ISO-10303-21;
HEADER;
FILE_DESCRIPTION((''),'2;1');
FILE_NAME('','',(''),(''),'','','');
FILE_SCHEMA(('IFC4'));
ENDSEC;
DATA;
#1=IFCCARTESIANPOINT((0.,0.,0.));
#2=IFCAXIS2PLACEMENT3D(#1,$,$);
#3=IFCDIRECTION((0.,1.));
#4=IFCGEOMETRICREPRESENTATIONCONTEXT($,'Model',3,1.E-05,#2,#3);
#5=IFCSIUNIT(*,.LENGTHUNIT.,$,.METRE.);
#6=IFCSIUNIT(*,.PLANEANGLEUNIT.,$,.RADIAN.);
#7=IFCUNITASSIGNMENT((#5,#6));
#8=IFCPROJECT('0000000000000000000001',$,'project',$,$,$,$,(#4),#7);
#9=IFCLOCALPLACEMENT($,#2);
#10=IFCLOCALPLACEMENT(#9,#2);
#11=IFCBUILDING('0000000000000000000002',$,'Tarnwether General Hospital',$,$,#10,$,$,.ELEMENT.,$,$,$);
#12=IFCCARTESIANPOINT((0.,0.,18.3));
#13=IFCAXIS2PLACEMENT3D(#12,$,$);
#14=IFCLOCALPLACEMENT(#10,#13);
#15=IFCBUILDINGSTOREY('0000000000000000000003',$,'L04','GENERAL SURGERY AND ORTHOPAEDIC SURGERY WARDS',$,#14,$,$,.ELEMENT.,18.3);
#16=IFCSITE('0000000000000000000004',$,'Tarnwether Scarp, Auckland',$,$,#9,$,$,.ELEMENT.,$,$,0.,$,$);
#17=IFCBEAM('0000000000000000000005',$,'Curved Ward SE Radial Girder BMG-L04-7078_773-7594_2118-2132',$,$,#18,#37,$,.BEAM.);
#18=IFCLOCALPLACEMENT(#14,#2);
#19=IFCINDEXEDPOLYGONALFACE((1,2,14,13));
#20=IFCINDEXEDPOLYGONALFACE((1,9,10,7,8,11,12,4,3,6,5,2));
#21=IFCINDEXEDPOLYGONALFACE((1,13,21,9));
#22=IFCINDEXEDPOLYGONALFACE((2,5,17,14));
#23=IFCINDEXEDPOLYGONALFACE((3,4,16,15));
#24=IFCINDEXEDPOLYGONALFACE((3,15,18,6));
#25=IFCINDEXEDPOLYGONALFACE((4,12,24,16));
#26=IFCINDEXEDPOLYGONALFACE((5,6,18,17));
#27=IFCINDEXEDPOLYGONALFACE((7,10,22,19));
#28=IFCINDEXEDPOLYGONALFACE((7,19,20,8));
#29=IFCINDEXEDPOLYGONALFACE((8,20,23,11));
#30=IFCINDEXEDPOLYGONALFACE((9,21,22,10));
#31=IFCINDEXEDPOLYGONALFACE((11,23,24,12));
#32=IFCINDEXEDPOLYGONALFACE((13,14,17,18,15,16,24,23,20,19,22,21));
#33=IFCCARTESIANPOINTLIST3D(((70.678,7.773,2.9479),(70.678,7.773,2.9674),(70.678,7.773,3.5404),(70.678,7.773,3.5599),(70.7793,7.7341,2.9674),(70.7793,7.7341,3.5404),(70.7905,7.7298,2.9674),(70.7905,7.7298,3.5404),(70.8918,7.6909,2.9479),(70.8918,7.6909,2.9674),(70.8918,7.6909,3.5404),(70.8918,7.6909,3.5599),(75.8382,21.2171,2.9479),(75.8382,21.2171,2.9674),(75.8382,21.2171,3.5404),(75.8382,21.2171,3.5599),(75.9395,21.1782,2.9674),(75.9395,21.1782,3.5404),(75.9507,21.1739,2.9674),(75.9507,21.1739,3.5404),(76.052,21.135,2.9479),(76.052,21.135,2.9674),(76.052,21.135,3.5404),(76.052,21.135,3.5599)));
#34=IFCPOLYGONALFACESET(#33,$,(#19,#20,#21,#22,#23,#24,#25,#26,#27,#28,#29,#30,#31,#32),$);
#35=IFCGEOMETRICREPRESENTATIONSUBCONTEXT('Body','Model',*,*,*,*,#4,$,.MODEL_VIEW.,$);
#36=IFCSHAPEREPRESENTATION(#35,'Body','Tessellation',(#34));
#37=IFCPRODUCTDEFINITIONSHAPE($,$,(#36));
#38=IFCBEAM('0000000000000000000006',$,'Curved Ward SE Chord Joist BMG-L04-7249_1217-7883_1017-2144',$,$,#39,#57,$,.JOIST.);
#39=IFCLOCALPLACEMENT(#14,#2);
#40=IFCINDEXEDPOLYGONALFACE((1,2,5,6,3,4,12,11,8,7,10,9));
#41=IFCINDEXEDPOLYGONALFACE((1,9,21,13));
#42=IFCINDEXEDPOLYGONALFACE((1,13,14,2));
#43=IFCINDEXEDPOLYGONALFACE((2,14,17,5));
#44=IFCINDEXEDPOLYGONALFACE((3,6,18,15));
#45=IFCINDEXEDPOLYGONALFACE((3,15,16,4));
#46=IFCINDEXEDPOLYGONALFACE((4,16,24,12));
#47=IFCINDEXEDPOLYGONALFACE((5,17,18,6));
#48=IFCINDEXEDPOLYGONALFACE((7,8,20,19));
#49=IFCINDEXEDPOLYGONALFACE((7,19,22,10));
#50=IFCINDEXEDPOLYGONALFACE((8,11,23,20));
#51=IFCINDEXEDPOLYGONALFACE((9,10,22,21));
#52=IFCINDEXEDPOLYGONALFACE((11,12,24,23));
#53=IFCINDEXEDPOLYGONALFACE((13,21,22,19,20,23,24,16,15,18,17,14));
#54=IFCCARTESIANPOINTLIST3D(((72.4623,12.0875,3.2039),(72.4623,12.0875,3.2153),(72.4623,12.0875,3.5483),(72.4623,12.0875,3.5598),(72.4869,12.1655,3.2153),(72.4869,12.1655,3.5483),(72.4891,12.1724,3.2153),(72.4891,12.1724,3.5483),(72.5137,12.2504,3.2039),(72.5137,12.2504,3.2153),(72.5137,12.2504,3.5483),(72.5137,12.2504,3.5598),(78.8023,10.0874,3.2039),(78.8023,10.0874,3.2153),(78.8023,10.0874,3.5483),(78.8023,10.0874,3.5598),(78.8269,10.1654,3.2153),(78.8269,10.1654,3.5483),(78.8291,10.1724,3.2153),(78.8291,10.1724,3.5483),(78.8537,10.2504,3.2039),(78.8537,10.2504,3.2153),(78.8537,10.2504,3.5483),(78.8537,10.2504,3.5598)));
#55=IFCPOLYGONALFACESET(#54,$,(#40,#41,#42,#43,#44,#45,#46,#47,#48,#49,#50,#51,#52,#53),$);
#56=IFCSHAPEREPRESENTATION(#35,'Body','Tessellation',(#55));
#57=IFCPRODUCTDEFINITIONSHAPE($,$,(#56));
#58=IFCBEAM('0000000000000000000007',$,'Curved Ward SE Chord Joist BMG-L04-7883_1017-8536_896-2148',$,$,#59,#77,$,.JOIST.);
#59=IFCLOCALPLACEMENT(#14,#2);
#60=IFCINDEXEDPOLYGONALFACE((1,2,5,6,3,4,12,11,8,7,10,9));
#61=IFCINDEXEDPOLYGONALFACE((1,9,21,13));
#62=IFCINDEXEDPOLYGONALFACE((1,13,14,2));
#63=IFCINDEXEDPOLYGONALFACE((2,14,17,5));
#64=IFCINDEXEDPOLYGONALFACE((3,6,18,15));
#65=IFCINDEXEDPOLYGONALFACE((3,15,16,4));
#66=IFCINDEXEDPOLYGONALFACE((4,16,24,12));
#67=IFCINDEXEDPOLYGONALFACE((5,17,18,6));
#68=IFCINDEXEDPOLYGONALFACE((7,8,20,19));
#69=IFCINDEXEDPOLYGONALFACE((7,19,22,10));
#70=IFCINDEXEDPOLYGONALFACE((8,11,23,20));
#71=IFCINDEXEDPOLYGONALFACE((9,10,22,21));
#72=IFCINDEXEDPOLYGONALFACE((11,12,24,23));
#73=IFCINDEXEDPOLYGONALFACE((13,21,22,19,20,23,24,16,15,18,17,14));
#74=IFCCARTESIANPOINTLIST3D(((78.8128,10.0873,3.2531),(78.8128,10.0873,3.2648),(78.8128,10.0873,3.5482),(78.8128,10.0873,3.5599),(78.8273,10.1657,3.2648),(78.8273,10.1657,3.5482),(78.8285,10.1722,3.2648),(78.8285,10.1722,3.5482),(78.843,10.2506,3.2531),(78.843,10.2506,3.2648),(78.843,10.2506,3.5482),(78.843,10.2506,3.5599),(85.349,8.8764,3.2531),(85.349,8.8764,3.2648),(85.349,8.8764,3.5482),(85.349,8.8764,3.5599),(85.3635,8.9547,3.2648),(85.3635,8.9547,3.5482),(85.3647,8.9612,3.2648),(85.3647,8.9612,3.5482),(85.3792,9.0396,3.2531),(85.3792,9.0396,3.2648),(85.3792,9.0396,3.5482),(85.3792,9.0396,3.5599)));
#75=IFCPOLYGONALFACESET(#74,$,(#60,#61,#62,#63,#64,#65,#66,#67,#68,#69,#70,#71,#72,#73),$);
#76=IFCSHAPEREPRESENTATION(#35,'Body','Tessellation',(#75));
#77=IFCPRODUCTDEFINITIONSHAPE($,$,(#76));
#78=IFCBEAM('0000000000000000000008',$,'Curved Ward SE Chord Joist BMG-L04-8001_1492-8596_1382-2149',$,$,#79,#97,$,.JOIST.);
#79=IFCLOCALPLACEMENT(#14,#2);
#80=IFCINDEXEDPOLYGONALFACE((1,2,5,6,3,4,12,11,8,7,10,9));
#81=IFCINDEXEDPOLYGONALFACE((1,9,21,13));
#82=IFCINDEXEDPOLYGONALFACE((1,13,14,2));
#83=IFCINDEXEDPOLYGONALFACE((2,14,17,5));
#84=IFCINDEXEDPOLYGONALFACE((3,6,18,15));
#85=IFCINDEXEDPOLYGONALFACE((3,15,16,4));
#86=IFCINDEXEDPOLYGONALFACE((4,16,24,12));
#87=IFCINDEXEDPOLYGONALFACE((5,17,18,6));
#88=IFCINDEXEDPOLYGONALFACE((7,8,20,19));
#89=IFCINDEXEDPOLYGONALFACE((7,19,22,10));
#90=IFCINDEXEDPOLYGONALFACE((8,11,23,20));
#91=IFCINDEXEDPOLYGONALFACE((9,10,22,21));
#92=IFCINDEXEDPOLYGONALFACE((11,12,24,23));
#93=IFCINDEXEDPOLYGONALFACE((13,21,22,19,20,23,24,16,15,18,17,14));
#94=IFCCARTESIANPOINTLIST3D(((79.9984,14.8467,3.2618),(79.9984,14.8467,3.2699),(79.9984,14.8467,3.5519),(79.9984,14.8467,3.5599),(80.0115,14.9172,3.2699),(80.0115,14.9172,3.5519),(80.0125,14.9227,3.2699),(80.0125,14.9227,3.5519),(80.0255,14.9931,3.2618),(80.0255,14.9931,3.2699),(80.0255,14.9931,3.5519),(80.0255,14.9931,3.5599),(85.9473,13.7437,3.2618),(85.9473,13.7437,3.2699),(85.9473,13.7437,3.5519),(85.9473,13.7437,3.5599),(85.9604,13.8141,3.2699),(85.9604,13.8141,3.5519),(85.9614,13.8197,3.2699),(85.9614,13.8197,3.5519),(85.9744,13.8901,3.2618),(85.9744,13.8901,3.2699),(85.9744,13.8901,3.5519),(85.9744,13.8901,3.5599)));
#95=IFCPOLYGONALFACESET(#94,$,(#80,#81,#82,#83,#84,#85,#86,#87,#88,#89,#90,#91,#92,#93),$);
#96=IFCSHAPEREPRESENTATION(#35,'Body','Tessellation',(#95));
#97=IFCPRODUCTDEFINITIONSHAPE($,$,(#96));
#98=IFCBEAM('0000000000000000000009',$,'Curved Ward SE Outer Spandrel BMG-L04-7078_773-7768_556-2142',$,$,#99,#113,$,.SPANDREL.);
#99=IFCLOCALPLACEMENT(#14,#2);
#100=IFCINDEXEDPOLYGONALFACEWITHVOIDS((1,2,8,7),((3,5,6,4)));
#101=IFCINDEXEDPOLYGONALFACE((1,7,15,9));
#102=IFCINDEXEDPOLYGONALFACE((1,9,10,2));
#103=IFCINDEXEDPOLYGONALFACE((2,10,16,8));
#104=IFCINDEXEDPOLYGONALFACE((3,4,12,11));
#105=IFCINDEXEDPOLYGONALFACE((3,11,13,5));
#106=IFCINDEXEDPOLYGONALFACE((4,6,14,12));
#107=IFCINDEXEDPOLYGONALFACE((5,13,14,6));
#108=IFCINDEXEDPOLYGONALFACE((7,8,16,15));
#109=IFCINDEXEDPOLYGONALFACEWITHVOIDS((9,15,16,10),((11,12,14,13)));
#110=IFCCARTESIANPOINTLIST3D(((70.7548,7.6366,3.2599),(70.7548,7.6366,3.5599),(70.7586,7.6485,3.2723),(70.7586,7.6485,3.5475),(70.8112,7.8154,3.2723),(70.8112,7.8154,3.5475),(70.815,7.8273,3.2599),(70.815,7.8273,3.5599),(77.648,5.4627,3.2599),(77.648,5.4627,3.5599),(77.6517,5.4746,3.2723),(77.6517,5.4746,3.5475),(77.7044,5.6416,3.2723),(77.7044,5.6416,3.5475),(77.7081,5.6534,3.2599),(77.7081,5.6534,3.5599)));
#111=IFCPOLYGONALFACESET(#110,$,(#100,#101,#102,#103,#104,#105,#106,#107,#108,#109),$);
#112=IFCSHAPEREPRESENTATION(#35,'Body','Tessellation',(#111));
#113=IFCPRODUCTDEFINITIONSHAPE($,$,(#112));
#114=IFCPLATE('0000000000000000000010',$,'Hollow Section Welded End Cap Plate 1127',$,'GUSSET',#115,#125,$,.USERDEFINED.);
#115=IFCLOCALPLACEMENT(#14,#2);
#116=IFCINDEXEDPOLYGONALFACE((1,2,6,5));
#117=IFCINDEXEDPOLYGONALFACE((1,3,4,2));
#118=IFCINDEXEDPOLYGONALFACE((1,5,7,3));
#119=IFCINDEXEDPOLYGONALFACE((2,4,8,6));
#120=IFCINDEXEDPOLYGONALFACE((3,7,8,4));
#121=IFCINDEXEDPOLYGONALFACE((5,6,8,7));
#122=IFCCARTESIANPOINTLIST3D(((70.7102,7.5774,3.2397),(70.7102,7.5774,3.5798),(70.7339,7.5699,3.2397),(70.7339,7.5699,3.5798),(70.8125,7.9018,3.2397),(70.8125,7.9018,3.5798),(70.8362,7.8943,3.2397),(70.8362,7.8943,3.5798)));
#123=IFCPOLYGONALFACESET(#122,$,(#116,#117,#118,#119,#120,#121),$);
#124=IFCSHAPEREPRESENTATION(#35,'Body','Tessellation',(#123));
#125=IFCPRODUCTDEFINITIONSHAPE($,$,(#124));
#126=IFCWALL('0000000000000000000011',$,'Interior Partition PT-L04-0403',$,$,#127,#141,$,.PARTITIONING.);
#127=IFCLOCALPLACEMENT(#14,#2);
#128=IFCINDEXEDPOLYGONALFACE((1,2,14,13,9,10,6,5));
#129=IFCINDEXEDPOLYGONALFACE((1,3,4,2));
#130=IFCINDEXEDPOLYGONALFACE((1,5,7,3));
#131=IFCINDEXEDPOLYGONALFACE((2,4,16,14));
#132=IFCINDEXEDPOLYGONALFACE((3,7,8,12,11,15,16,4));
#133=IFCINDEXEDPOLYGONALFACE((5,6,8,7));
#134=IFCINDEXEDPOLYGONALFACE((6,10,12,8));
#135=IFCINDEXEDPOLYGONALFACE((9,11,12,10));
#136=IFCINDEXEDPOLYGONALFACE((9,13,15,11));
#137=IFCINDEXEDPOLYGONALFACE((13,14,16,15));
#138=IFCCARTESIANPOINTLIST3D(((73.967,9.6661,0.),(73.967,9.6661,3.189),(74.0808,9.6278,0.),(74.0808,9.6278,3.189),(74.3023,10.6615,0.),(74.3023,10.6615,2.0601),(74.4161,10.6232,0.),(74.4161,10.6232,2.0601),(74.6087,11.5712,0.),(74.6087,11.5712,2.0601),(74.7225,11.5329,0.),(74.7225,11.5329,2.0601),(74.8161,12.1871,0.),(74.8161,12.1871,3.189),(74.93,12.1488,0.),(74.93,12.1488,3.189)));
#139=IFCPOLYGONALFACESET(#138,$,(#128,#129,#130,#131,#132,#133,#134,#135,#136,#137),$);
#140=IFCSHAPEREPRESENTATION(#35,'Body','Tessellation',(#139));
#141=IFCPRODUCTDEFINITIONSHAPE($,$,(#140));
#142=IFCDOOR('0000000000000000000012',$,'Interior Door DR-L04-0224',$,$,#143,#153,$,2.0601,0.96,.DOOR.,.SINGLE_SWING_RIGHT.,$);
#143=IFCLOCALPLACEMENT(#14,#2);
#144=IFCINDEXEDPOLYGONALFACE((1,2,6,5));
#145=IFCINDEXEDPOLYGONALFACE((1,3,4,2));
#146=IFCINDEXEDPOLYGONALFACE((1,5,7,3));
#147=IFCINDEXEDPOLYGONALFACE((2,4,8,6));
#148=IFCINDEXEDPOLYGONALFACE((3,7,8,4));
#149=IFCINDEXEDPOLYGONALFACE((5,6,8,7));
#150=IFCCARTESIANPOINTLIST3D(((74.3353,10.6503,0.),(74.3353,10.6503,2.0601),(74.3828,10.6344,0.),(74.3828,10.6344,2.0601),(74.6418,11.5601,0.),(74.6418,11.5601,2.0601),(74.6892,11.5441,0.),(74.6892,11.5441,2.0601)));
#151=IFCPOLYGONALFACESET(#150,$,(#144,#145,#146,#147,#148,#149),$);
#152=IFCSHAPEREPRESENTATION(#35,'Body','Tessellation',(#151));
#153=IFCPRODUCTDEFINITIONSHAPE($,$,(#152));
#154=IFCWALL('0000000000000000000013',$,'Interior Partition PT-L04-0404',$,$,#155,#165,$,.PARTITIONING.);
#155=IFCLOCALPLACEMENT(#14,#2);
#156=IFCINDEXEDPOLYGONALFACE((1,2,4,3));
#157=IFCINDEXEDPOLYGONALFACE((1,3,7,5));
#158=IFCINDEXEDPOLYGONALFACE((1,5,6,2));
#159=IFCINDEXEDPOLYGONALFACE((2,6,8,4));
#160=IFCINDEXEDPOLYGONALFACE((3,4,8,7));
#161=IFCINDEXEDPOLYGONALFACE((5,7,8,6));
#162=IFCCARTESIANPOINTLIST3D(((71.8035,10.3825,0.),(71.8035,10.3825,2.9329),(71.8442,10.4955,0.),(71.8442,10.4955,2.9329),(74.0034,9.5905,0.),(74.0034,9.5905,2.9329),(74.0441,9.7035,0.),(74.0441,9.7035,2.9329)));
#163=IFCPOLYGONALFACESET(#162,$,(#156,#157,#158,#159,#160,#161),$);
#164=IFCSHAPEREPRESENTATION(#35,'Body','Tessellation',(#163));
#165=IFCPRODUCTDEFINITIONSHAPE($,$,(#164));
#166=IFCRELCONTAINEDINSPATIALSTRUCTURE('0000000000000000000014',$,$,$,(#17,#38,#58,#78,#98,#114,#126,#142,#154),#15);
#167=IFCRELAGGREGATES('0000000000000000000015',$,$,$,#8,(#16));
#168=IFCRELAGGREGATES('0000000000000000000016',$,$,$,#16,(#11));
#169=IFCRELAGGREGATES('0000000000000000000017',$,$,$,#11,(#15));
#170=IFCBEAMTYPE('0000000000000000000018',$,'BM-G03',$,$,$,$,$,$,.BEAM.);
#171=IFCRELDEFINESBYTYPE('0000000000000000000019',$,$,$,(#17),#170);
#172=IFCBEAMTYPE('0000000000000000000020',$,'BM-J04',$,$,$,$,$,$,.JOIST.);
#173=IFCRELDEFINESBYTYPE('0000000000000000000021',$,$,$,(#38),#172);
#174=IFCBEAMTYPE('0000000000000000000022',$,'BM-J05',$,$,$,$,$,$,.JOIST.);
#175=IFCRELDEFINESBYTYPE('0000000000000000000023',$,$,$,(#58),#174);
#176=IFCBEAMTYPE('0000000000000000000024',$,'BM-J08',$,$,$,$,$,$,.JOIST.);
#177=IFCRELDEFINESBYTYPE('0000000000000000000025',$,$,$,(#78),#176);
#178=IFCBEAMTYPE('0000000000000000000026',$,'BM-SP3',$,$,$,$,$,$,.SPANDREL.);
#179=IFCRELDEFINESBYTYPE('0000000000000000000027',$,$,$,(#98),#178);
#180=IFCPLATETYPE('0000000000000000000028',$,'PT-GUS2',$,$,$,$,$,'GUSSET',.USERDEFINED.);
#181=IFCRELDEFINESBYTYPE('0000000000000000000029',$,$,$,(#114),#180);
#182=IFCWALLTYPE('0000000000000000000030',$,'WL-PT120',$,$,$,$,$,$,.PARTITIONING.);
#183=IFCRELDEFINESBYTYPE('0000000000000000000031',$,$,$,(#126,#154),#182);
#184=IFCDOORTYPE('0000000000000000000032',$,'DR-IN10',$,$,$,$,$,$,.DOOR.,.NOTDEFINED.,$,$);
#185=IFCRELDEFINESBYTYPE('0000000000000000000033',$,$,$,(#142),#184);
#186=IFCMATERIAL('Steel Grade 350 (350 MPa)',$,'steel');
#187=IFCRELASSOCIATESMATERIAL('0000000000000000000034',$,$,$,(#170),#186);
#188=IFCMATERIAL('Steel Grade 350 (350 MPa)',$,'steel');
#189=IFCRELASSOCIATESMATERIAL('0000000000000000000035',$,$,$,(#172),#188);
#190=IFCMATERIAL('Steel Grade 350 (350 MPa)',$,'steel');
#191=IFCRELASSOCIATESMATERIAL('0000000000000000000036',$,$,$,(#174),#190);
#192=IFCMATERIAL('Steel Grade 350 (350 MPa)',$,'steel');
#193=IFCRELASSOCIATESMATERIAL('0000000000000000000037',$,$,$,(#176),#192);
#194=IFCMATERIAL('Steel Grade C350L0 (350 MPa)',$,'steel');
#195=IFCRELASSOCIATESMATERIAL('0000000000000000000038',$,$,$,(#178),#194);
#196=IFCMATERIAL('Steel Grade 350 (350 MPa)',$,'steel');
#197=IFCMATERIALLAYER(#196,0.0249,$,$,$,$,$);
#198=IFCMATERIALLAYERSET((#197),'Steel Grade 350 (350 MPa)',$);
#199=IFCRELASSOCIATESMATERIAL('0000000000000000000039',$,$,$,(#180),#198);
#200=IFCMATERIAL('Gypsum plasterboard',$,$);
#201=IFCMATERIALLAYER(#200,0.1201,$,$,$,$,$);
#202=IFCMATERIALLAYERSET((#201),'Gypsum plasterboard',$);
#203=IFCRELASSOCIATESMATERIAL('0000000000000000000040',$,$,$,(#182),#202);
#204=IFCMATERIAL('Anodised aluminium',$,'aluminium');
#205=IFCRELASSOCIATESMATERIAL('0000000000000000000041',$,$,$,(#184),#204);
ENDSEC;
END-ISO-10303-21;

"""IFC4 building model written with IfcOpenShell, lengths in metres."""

from ifc_helpers import new_model, si_unit, direction, frame, frame_2d, origin, origin_2d, place, context, subcontext, project, spatial, rectangle, hollow_rectangle, i_section, extrude, material, layer, layer_set, material_profile, profile_set, type_object, element, fill, save


model = new_model("IFC4")

# Units and contexts
model_context = context("Model", 3, precision=1e-05, world=origin(), true_north=direction((0.0, 1.0)))
body_context = subcontext(model_context, "Body", "Model", "MODEL_VIEW")
ifc_project = project(units=[si_unit("LENGTHUNIT", "METRE"), si_unit("PLANEANGLEUNIT", "RADIAN")], contexts=[model_context])

# Site, building, storey
site_placement = place(None, origin())
site = spatial("IfcSite", under=ifc_project, at=site_placement, Name="Tarnwether Scarp, Auckland", CompositionType="ELEMENT", RefElevation=0.0)
building_placement = place(site_placement, origin())
building = spatial("IfcBuilding", under=site, at=building_placement, Name="Tarnwether General Hospital", CompositionType="ELEMENT")
storey_placement = place(building_placement, frame((0.0, 0.0, 18.3)))
storey = spatial("IfcBuildingStorey", under=building, at=storey_placement, Name="L04", Description="GENERAL SURGERY AND ORTHOPAEDIC SURGERY WARDS", CompositionType="ELEMENT", Elevation=18.3)

# Beams
ifc_material_1 = material(Name="Steel Grade 350 (350 MPa)", Category="steel")
ifc_material_profile_1 = material_profile(ifc_material_1, i_section(OverallWidth=0.229, OverallDepth=0.6121, WebThickness=0.012, FlangeThickness=0.0195, at=origin_2d()), Name="610UB125")
ifc_profile_set_1 = profile_set([ifc_material_profile_1], Name="Steel Grade 350 (350 MPa)")
beam_type_1 = type_object("IfcBeamType", Name="BM-G03", PredefinedType="BEAM", material=ifc_profile_set_1)
beam_1_placement = place(storey_placement, frame((70.7849, 7.7319, 3.2539), z_axis=(0.358335, 0.933593, 0.0), x_axis=(-0.933593, 0.358335, 0.0)))
element("IfcBeam", 1, at=beam_1_placement, inside=storey, type_object=beam_type_1, Name="Curved Ward SE Radial Girder BMG-L04-7078_773-7594_2118-2132", PredefinedType="BEAM", context=body_context, shape_type="SweptSolid", body=[
    extrude(i_section(OverallWidth=0.229, OverallDepth=0.6121, WebThickness=0.012, FlangeThickness=0.0195, at=origin_2d()), origin(), (0.0, 0.0, 1.0), 14.4004),
])
ifc_material_2 = material(Name="Steel Grade 350 (350 MPa)", Category="steel")
ifc_material_profile_2 = material_profile(ifc_material_2, i_section(OverallWidth=0.1709, OverallDepth=0.356, WebThickness=0.0073, FlangeThickness=0.0115, at=origin_2d()), Name="360UB50.7")
ifc_profile_set_2 = profile_set([ifc_material_profile_2], Name="Steel Grade 350 (350 MPa)")
beam_type_2 = type_object("IfcBeamType", Name="BM-J04", PredefinedType="JOIST", material=ifc_profile_set_2)
beam_2_placement = place(storey_placement, frame((72.488, 12.1689, 3.3818), z_axis=(0.953671, -0.30085, 0.0), x_axis=(0.30085, 0.953671, 0.0)))
element("IfcBeam", 2, at=beam_2_placement, inside=storey, type_object=beam_type_2, Name="Curved Ward SE Chord Joist BMG-L04-7249_1217-7883_1017-2144", PredefinedType="JOIST", context=body_context, shape_type="SweptSolid", body=[
    extrude(i_section(OverallWidth=0.1709, OverallDepth=0.356, WebThickness=0.0073, FlangeThickness=0.0115, at=origin_2d()), origin(), (0.0, 0.0, 1.0), 6.6479),
])
ifc_material_3 = material(Name="Steel Grade 350 (350 MPa)", Category="steel")
ifc_material_profile_3 = material_profile(ifc_material_3, i_section(OverallWidth=0.166, OverallDepth=0.3069, WebThickness=0.0066, FlangeThickness=0.0117, at=origin_2d()), Name="310UB46.2")
ifc_profile_set_3 = profile_set([ifc_material_profile_3], Name="Steel Grade 350 (350 MPa)")
beam_type_3 = type_object("IfcBeamType", Name="BM-J05", PredefinedType="JOIST", material=ifc_profile_set_3)
beam_3_placement = place(storey_placement, frame((78.8279, 10.1689, 3.4065), z_axis=(0.983267, -0.182168, 0.0), x_axis=(0.182168, 0.983267, 0.0)))
element("IfcBeam", 3, at=beam_3_placement, inside=storey, type_object=beam_type_3, Name="Curved Ward SE Chord Joist BMG-L04-7883_1017-8536_896-2148", PredefinedType="JOIST", context=body_context, shape_type="SweptSolid", body=[
    extrude(i_section(OverallWidth=0.166, OverallDepth=0.3069, WebThickness=0.0066, FlangeThickness=0.0117, at=origin_2d()), origin(), (0.0, 0.0, 1.0), 6.6475),
])
ifc_material_4 = material(Name="Steel Grade 350 (350 MPa)", Category="steel")
ifc_material_profile_4 = material_profile(ifc_material_4, i_section(OverallWidth=0.1489, OverallDepth=0.2981, WebThickness=0.0056, FlangeThickness=0.0081, at=origin_2d()), Name="310UB32.0")
ifc_profile_set_4 = profile_set([ifc_material_profile_4], Name="Steel Grade 350 (350 MPa)")
beam_type_4 = type_object("IfcBeamType", Name="BM-J08", PredefinedType="JOIST", material=ifc_profile_set_4)
beam_4_placement = place(storey_placement, frame((80.012, 14.9199, 3.4109), z_axis=(0.983242, -0.182307, 0.0), x_axis=(0.182307, 0.983242, 0.0)))
element("IfcBeam", 4, at=beam_4_placement, inside=storey, type_object=beam_type_4, Name="Curved Ward SE Chord Joist BMG-L04-8001_1492-8596_1382-2149", PredefinedType="JOIST", context=body_context, shape_type="SweptSolid", body=[
    extrude(i_section(OverallWidth=0.1489, OverallDepth=0.2981, WebThickness=0.0056, FlangeThickness=0.0081, at=origin_2d()), origin(), (0.0, 0.0, 1.0), 6.0503),
])
ifc_material_5 = material(Name="Steel Grade C350L0 (350 MPa)", Category="steel")
ifc_material_profile_5 = material_profile(ifc_material_5, hollow_rectangle(XDim=0.2, YDim=0.3, WallThickness=0.0125, at=origin_2d()), Name="RHS300x200x12.5")
ifc_profile_set_5 = profile_set([ifc_material_profile_5], Name="Steel Grade C350L0 (350 MPa)")
beam_type_5 = type_object("IfcBeamType", Name="BM-SP3", PredefinedType="SPANDREL", material=ifc_profile_set_5)
beam_5_placement = place(storey_placement, frame((70.7849, 7.7319, 3.4099), z_axis=(0.953699, -0.300763, 0.0), x_axis=(0.300763, 0.953699, 0.0)))
element("IfcBeam", 5, at=beam_5_placement, inside=storey, type_object=beam_type_5, Name="Curved Ward SE Outer Spandrel BMG-L04-7078_773-7768_556-2142", PredefinedType="SPANDREL", context=body_context, shape_type="SweptSolid", body=[
    extrude(hollow_rectangle(XDim=0.2, YDim=0.3, WallThickness=0.0125, at=origin_2d()), origin(), (0.0, 0.0, 1.0), 7.2278),
])

# Plate
ifc_material_6 = material(Name="Steel Grade 350 (350 MPa)", Category="steel")
ifc_layer_1 = layer(ifc_material_6, 0.0249)
ifc_layer_set_1 = layer_set([ifc_layer_1], Name="Steel Grade 350 (350 MPa)")
plate_type = type_object("IfcPlateType", Name="PT-GUS2", ElementType="GUSSET", PredefinedType="USERDEFINED", material=ifc_layer_set_1)
plate_placement = place(storey_placement, frame((70.7732, 7.7358, 3.2397), z_axis=(0.0, 0.0, 1.0), x_axis=(0.953691, -0.300789, 0.0)))
element("IfcPlate", 6, at=plate_placement, inside=storey, type_object=plate_type, Name="Hollow Section Welded End Cap Plate 1127", ObjectType="GUSSET", PredefinedType="USERDEFINED", context=body_context, shape_type="SweptSolid", body=[
    extrude(rectangle(XDim=0.0249, YDim=0.3401, at=origin_2d()), origin(), (0.0, 0.0, 1.0), 0.3401),
])

# Wall, opening, door
ifc_material_7 = material(Name="Gypsum plasterboard")
ifc_layer_2 = layer(ifc_material_7, 0.1201)
ifc_layer_set_2 = layer_set([ifc_layer_2], Name="Gypsum plasterboard")
wall_type_1 = type_object("IfcWallType", Name="WL-PT120", PredefinedType="PARTITIONING", material=ifc_layer_set_2)
wall_1_placement = place(storey_placement, frame((74.873, 12.168, 0.0), z_axis=(0.0, 0.0, 1.0), x_axis=(-0.3192, -0.947687, 0.0)))
wall_1 = element("IfcWall", 7, at=wall_1_placement, inside=storey, type_object=wall_type_1, Name="Interior Partition PT-L04-0403", PredefinedType="PARTITIONING", context=body_context, shape_type="SweptSolid", body=[
    extrude(rectangle(XDim=2.6602, YDim=0.1201, at=frame_2d((1.3301, 0.0))), origin(), (0.0, 0.0, 1.0), 3.189),
])
opening_1_placement = place(wall_1_placement, frame((0.6499, 0.0, 0.0)))
opening_1 = element("IfcOpeningElement", 8, at=opening_1_placement, cuts=wall_1, PredefinedType="OPENING", context=body_context, shape_type="SweptSolid", body=[
    extrude(rectangle(XDim=0.96, YDim=2.0601, at=frame_2d((0.48, 1.03))), frame((0.0, 0.0701, 0.0), z_axis=(0.0, -1.0, 0.0), x_axis=(1.0, 0.0, 0.0)), (0.0, 0.0, 1.0), 0.1401),
])
ifc_material_8 = material(Name="Anodised aluminium", Category="aluminium")
door_type_1 = type_object("IfcDoorType", Name="DR-IN10", OperationType="NOTDEFINED", PredefinedType="DOOR", material=ifc_material_8)
door_1_placement = place(opening_1_placement, origin())
door_1 = element("IfcDoor", 9, at=door_1_placement, inside=storey, type_object=door_type_1, Name="Interior Door DR-L04-0224", OperationType="SINGLE_SWING_RIGHT", OverallHeight=2.0601, OverallWidth=0.96, PredefinedType="DOOR", context=body_context, shape_type="SweptSolid", body=[
    extrude(rectangle(XDim=0.96, YDim=2.0601, at=frame_2d((0.48, 1.03))), frame((0.0, 0.0249, 0.0), z_axis=(0.0, -1.0, 0.0), x_axis=(1.0, 0.0, 0.0)), (0.0, 0.0, 1.0), 0.05),
])
fill(opening_1, door_1)

# Wall
wall_2_placement = place(storey_placement, frame((71.824, 10.439, 0.0), z_axis=(0.0, 0.0, 1.0), x_axis=(0.940886, -0.338723, 0.0)))
element("IfcWall", 10, at=wall_2_placement, inside=storey, type_object=wall_type_1, Name="Interior Partition PT-L04-0404", PredefinedType="PARTITIONING", context=body_context, shape_type="SweptSolid", body=[
    extrude(rectangle(XDim=2.3381, YDim=0.1201, at=frame_2d((1.1689, 0.0))), origin(), (0.0, 0.0, 1.0), 2.9329),
])

save(model, "model.ifc")
